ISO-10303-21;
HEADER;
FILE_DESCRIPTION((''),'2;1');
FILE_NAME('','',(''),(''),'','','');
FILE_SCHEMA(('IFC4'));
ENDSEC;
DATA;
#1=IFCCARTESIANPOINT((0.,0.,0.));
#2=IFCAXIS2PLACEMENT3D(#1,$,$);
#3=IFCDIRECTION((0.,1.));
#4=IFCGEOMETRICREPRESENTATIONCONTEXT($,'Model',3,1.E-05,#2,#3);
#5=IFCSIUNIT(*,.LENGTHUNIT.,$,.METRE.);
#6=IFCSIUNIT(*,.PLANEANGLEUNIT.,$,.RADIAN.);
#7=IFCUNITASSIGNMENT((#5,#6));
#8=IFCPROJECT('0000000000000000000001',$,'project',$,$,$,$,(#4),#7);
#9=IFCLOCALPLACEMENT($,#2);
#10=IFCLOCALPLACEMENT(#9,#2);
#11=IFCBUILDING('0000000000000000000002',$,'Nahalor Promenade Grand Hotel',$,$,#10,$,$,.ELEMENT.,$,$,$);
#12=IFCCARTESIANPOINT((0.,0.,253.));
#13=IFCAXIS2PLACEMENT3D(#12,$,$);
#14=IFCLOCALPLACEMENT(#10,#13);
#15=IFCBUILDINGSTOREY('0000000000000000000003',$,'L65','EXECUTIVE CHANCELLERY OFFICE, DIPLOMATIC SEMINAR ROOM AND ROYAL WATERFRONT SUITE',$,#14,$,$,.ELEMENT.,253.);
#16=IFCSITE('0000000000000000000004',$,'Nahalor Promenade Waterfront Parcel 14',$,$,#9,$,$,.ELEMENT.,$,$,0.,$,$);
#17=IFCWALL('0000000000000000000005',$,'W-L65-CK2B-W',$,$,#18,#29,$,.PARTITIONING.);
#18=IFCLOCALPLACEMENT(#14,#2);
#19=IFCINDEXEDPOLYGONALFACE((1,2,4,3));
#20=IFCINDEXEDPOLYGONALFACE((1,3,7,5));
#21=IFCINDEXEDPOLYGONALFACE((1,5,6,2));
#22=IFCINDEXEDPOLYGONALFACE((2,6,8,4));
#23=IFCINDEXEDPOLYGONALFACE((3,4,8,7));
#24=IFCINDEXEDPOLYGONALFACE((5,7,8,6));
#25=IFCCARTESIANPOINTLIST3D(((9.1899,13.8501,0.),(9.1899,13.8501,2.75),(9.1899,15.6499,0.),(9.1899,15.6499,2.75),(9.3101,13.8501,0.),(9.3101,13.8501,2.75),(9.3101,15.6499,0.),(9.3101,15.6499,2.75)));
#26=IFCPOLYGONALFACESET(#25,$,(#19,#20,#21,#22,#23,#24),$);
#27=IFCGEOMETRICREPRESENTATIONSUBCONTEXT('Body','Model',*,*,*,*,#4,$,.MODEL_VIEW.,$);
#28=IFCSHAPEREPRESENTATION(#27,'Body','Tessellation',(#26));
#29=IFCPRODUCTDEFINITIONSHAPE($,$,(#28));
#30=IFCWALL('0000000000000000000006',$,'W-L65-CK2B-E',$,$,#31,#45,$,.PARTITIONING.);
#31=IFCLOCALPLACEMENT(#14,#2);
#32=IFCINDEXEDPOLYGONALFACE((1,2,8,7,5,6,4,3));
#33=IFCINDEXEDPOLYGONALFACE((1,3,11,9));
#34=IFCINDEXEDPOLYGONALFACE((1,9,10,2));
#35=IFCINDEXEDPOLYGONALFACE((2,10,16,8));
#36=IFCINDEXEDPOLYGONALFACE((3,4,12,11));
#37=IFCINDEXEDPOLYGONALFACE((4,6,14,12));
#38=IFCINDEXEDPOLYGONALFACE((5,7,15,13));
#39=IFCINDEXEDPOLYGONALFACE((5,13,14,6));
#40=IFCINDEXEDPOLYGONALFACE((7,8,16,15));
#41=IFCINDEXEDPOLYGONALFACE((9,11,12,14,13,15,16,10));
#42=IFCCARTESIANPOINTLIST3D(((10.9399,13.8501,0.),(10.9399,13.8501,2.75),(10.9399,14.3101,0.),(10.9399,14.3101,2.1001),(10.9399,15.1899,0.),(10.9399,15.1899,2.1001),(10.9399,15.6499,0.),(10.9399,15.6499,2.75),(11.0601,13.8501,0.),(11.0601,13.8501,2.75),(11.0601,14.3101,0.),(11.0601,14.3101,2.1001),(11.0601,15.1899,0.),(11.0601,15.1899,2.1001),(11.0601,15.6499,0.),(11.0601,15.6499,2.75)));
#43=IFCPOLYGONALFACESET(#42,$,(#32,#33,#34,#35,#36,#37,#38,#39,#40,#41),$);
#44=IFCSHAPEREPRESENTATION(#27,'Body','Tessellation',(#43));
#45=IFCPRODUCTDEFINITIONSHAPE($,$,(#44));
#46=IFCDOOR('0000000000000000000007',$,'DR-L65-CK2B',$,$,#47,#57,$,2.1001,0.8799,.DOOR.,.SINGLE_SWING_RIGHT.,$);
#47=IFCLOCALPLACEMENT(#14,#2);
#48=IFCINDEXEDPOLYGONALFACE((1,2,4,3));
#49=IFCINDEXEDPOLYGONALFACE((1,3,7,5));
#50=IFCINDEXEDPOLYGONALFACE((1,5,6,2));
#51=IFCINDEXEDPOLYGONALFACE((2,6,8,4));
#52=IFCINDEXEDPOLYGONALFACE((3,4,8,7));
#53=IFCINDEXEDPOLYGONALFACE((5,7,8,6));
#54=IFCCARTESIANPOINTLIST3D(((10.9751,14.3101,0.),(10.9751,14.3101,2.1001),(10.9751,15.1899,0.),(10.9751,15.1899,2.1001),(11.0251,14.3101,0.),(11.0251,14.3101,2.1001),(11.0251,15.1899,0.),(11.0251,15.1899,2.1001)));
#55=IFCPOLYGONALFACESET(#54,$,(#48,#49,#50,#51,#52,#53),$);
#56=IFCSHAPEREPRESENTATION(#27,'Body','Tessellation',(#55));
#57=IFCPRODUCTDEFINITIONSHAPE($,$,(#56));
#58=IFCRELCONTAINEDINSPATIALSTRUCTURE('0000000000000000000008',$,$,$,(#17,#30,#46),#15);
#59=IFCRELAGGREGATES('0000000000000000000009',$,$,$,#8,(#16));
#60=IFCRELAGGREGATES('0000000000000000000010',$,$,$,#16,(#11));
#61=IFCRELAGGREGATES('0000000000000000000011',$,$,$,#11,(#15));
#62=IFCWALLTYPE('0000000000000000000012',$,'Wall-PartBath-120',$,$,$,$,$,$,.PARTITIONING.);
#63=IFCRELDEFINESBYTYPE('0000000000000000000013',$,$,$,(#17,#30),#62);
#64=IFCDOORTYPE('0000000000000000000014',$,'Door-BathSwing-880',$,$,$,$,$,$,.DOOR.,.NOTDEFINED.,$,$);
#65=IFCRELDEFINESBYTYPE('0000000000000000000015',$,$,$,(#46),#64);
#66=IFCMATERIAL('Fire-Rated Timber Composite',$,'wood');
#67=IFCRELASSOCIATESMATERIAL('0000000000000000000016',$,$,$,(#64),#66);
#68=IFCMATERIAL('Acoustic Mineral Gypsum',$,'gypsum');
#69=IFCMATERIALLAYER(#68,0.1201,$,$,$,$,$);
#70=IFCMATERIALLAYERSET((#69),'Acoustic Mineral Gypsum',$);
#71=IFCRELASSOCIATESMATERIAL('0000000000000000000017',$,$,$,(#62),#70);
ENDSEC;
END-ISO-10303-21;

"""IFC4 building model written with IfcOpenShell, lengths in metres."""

from ifc_helpers import new_model, si_unit, direction, frame, frame_2d, origin, place, context, subcontext, project, spatial, rectangle, extrude, source, transform, mapped, material, layer, layer_set, type_object, element, fill, save


model = new_model("IFC4")

# Units and contexts
model_context = context("Model", 3, precision=1e-05, world=origin(), true_north=direction((0.0, 1.0)))
body_context = subcontext(model_context, "Body", "Model", "MODEL_VIEW")
ifc_project = project(units=[si_unit("LENGTHUNIT", "METRE"), si_unit("PLANEANGLEUNIT", "RADIAN")], contexts=[model_context])

# Site, building, storey
site_placement = place(None, origin())
site = spatial("IfcSite", under=ifc_project, at=site_placement, Name="Nahalor Promenade Waterfront Parcel 14", CompositionType="ELEMENT", RefElevation=0.0)
building_placement = place(site_placement, origin())
building = spatial("IfcBuilding", under=site, at=building_placement, Name="Nahalor Promenade Grand Hotel", CompositionType="ELEMENT")
storey_placement = place(building_placement, frame((0.0, 0.0, 253.0)))
storey = spatial("IfcBuildingStorey", under=building, at=storey_placement, Name="L65", Description="EXECUTIVE CHANCELLERY OFFICE, DIPLOMATIC SEMINAR ROOM AND ROYAL WATERFRONT SUITE", CompositionType="ELEMENT", Elevation=253.0)

# Shared definitions
ifc_material_1 = material(Name="Acoustic Mineral Gypsum", Category="gypsum")

# Shared definitions
ifc_material_2 = material(Name="Fire-Rated Timber Composite", Category="wood")
door_type = type_object("IfcDoorType", Name="Door-BathSwing-880", OperationType="NOTDEFINED", PredefinedType="DOOR", material=ifc_material_2)
shared_shape_1 = source(origin(), body_context, "Body", "SweptSolid", [
    extrude(rectangle(XDim=0.8799, YDim=2.1001, at=frame_2d((0.4399, 1.05))), frame((0.0, 0.0249, 0.0), z_axis=(0.0, -1.0, 0.0), x_axis=(1.0, 0.0, 0.0)), (0.0, 0.0, 1.0), 0.05),
])

# Wall
ifc_layer_1 = layer(ifc_material_1, 0.1201)
ifc_layer_set_1 = layer_set([ifc_layer_1], Name="Acoustic Mineral Gypsum")
wall_type_1 = type_object("IfcWallType", Name="Wall-PartBath-120", PredefinedType="PARTITIONING", material=ifc_layer_set_1)
shared_shape_2 = source(origin(), body_context, "Body", "SweptSolid", [
    extrude(rectangle(XDim=1.7998, YDim=0.1201, at=frame_2d((0.8999, 0.0))), origin(), (0.0, 0.0, 1.0), 2.75),
])
wall_1_placement = place(storey_placement, frame((9.25, 13.8501, 0.0), z_axis=(0.0, 0.0, 1.0), x_axis=(0.0, 1.0, 0.0)))
element("IfcWall", 1, at=wall_1_placement, inside=storey, type_object=wall_type_1, Name="W-L65-CK2B-W", PredefinedType="PARTITIONING", context=body_context, shape_type="MappedRepresentation", body=[
    mapped(shared_shape_2, transform((0.0, 0.0, 0.0), scale=1.0)),
])

# Wall, opening, door
wall_2_placement = place(storey_placement, frame((11.0, 13.8501, 0.0), z_axis=(0.0, 0.0, 1.0), x_axis=(0.0, 1.0, 0.0)))
wall_2 = element("IfcWall", 2, at=wall_2_placement, inside=storey, type_object=wall_type_1, Name="W-L65-CK2B-E", PredefinedType="PARTITIONING", context=body_context, shape_type="MappedRepresentation", body=[
    mapped(shared_shape_2, transform((0.0, 0.0, 0.0), scale=1.0)),
])
opening_1_placement = place(wall_2_placement, frame((0.46, 0.0, 0.0)))
opening_1 = element("IfcOpeningElement", 3, at=opening_1_placement, cuts=wall_2, PredefinedType="OPENING", context=body_context, shape_type="SweptSolid", body=[
    extrude(rectangle(XDim=0.8799, YDim=2.1001, at=frame_2d((0.4399, 1.05))), frame((0.0, 0.0701, 0.0), z_axis=(0.0, -1.0, 0.0), x_axis=(1.0, 0.0, 0.0)), (0.0, 0.0, 1.0), 0.1401),
])
door_1_placement = place(opening_1_placement, origin())
door_1 = element("IfcDoor", 4, at=door_1_placement, inside=storey, type_object=door_type, Name="DR-L65-CK2B", OperationType="SINGLE_SWING_RIGHT", OverallHeight=2.1001, OverallWidth=0.8799, PredefinedType="DOOR", context=body_context, shape_type="MappedRepresentation", body=[
    mapped(shared_shape_1, transform((0.0, 0.0, 0.0), scale=1.0)),
])
fill(opening_1, door_1)

save(model, "model.ifc")
